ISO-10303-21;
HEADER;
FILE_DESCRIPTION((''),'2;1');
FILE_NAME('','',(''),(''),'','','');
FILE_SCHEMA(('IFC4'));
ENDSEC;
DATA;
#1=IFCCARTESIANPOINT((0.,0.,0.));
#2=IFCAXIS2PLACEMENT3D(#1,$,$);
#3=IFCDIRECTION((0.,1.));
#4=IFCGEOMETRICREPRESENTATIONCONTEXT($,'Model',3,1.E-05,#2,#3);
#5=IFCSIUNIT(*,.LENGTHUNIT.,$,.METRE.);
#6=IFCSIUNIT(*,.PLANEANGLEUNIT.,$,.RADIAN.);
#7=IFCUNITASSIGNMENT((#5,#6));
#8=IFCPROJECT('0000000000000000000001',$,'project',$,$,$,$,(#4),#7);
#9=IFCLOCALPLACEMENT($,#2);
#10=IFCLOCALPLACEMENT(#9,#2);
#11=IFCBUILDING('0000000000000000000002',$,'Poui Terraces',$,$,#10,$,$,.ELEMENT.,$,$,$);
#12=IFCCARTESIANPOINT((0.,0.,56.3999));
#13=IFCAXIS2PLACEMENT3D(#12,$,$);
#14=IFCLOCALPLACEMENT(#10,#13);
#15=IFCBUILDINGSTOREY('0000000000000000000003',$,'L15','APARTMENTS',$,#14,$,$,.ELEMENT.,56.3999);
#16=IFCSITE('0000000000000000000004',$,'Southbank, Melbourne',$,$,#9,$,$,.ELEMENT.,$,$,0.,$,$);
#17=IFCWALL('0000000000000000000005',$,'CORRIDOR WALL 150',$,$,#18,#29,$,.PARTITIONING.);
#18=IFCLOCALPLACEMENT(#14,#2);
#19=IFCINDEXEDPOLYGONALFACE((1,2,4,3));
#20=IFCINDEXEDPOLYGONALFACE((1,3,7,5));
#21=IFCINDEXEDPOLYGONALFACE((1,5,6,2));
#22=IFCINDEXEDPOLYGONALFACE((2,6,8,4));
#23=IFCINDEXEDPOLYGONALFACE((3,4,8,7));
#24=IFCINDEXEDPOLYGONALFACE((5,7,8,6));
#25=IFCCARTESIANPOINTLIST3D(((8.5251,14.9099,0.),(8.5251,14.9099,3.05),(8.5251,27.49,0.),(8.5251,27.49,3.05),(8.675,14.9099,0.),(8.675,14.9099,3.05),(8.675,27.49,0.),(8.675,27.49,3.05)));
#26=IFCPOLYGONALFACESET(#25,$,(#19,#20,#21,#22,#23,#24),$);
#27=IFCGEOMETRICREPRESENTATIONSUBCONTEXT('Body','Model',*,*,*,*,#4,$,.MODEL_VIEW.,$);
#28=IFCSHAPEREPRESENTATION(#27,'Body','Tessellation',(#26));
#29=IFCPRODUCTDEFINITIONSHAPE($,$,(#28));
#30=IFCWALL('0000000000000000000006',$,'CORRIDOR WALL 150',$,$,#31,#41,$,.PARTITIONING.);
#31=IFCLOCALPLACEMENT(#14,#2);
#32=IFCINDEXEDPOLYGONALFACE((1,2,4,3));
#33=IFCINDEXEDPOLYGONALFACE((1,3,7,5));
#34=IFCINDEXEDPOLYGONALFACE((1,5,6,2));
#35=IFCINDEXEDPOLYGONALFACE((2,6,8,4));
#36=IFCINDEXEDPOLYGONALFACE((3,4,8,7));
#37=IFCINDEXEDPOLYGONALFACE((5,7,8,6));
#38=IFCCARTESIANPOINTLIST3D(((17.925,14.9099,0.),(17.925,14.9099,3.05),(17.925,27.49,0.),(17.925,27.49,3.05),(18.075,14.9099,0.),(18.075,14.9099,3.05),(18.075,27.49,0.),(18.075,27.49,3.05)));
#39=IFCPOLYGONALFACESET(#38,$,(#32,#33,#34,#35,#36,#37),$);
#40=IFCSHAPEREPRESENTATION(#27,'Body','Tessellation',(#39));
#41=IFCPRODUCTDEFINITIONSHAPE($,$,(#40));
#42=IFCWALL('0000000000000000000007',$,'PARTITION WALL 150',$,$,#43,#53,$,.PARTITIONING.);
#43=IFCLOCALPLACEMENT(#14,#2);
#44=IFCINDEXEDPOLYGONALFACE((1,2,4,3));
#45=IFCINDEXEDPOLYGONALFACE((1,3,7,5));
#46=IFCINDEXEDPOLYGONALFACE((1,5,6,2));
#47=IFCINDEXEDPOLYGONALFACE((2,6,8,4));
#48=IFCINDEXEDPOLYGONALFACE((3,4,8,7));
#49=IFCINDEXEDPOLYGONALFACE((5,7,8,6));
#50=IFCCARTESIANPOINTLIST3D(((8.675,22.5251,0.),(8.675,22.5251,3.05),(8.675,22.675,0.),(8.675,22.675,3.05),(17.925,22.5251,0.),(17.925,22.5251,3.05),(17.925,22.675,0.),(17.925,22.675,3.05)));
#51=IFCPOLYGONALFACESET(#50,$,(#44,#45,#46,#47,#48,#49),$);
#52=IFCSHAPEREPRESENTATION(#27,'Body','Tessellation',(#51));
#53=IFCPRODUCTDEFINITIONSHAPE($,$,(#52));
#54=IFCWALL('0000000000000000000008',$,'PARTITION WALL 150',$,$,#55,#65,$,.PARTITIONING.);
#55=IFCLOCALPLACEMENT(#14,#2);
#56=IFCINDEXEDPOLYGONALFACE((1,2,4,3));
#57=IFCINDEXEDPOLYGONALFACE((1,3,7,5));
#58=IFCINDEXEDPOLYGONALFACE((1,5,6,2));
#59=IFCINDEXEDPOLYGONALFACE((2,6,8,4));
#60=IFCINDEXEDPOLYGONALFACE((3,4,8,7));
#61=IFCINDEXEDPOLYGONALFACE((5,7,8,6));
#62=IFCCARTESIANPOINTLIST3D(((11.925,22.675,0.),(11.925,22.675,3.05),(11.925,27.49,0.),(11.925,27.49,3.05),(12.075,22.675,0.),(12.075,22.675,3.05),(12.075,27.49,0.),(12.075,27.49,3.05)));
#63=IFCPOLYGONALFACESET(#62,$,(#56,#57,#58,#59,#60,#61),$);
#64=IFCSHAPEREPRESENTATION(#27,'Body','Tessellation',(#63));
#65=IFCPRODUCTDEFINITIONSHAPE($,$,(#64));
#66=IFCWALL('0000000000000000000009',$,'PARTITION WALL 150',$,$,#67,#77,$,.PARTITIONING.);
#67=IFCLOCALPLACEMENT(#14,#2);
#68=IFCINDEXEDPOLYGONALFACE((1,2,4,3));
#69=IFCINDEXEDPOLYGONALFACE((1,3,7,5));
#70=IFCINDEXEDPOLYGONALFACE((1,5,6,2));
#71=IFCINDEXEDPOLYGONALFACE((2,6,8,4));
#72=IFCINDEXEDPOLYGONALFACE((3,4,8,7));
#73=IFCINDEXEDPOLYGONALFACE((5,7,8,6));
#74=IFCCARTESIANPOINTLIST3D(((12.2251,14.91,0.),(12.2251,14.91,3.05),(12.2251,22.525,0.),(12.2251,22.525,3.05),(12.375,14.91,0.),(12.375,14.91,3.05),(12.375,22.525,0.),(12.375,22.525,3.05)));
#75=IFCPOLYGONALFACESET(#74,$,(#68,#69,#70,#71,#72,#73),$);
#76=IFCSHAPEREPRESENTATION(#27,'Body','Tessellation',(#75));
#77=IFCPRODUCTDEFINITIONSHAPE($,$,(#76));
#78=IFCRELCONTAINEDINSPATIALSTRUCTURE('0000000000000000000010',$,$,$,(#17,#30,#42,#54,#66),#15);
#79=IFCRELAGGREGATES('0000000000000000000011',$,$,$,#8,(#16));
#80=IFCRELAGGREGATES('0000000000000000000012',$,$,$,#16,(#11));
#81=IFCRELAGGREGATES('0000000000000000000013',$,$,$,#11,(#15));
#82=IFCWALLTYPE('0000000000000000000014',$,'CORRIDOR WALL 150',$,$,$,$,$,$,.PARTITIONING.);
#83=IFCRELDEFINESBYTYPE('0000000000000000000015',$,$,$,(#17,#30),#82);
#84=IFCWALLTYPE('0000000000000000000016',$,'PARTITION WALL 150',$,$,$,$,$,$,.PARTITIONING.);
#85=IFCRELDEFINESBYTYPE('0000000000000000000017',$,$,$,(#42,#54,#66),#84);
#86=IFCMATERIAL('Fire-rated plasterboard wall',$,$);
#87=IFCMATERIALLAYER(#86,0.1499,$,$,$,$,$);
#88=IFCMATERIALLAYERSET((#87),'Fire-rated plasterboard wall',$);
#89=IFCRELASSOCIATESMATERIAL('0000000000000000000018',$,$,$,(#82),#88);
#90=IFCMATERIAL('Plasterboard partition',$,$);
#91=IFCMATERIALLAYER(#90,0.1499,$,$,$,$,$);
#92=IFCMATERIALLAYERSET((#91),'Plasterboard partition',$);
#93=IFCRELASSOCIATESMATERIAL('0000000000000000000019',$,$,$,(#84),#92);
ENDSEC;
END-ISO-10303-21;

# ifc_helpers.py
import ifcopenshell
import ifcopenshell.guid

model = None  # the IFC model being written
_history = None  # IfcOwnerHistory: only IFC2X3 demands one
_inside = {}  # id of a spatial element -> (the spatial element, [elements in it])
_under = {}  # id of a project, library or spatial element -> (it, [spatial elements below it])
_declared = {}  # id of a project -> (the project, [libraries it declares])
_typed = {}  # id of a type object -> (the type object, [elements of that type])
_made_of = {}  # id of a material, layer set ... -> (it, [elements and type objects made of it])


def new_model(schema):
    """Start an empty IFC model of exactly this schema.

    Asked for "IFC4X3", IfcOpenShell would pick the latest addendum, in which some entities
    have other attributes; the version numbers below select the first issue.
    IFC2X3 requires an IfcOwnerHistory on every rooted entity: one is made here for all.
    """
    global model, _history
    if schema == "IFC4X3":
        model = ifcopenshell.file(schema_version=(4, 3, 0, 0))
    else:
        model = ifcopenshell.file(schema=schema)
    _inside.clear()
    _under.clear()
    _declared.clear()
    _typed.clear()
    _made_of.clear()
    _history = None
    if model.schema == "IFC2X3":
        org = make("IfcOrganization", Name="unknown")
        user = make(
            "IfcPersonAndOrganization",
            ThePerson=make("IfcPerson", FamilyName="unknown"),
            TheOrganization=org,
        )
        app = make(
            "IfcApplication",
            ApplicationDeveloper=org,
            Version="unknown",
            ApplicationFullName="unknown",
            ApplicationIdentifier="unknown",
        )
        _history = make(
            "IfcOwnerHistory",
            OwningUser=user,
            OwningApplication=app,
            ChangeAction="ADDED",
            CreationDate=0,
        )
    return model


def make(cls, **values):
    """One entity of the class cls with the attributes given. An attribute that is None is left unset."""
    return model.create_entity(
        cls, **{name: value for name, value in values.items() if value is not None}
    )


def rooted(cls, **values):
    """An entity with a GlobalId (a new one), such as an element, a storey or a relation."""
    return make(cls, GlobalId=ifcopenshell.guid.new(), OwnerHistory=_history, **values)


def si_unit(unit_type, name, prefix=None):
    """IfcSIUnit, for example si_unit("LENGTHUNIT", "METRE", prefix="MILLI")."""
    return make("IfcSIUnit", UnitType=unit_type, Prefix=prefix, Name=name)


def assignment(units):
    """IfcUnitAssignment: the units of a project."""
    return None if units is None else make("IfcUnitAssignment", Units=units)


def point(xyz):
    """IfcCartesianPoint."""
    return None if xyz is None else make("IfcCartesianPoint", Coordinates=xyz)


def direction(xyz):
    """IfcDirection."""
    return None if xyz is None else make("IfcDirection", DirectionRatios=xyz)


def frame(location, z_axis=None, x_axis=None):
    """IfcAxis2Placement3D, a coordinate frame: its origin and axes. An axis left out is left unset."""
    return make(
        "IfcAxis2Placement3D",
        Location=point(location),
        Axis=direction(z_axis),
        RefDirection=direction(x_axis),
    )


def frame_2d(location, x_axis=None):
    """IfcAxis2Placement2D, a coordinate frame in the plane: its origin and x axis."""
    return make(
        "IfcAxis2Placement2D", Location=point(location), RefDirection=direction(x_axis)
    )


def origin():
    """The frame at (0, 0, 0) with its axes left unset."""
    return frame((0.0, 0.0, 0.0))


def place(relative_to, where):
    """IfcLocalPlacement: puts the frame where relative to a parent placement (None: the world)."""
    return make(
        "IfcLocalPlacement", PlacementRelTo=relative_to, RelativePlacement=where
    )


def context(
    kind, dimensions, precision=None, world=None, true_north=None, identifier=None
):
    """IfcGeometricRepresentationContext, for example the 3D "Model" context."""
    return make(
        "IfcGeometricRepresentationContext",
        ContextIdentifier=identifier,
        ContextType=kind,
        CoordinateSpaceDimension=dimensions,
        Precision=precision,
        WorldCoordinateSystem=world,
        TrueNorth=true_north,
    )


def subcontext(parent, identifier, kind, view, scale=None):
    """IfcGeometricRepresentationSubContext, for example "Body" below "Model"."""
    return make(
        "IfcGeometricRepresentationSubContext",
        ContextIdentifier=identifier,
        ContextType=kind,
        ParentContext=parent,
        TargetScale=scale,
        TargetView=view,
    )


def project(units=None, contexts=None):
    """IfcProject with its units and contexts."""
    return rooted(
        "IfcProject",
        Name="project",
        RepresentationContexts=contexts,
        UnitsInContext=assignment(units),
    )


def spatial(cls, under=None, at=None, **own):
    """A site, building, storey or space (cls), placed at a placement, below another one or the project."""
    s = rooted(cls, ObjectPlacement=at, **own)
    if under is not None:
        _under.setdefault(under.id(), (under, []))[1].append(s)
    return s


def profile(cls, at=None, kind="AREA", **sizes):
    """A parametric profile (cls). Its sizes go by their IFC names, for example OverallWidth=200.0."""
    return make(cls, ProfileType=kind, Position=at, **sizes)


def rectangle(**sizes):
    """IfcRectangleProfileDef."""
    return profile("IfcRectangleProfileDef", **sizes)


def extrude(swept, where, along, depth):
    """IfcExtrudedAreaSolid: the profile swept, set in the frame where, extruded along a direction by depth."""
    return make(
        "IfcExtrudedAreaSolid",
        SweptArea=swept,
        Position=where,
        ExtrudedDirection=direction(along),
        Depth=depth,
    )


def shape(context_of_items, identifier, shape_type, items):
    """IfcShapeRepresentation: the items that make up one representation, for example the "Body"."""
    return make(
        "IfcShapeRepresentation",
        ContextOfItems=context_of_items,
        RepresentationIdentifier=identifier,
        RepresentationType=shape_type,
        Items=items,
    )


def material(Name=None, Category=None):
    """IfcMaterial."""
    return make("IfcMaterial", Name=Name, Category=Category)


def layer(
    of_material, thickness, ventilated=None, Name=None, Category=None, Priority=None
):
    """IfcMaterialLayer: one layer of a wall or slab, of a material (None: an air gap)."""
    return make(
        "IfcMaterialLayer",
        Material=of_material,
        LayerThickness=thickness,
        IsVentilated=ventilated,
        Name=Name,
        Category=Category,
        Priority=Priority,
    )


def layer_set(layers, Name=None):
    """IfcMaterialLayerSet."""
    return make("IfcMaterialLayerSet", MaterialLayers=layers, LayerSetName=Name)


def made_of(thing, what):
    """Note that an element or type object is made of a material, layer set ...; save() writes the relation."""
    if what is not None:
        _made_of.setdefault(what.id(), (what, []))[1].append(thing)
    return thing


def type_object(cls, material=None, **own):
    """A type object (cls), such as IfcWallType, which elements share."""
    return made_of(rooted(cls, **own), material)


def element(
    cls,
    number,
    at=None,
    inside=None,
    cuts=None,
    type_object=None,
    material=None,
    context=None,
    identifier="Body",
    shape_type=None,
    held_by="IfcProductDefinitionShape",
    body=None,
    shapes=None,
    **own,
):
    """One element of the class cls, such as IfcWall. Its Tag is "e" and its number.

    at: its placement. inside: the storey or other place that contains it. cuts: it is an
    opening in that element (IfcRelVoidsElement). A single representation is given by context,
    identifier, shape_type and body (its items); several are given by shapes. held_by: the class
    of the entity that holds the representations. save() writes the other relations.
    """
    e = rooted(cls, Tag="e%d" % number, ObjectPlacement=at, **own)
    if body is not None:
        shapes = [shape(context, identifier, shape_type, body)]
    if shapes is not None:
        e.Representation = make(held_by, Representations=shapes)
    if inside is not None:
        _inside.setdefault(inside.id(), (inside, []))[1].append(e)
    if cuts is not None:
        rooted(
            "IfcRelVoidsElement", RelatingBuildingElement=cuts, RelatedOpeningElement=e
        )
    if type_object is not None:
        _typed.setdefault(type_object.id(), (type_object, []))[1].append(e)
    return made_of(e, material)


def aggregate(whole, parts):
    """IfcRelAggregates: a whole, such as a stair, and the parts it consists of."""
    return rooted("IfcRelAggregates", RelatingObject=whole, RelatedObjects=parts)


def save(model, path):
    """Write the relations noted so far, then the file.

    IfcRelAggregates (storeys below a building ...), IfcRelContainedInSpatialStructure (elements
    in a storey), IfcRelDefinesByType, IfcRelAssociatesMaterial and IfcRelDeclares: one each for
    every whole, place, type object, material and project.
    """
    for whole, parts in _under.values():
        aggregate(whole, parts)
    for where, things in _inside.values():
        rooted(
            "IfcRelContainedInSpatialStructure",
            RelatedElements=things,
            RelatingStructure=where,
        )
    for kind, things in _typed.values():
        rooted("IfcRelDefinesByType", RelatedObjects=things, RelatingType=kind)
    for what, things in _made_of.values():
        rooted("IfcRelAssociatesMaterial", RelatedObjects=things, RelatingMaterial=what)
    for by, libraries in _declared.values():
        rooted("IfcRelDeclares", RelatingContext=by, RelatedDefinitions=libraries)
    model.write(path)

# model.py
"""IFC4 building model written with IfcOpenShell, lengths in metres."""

from ifc_helpers import new_model, si_unit, direction, frame, frame_2d, origin, place, context, subcontext, project, spatial, rectangle, extrude, material, layer, layer_set, type_object, element, save


model = new_model("IFC4")

# Units and contexts
model_context = context("Model", 3, precision=1e-05, world=origin(), true_north=direction((0.0, 1.0)))
body_context = subcontext(model_context, "Body", "Model", "MODEL_VIEW")
ifc_project = project(units=[si_unit("LENGTHUNIT", "METRE"), si_unit("PLANEANGLEUNIT", "RADIAN")], contexts=[model_context])

# Site, building, storey
site_placement = place(None, origin())
site = spatial("IfcSite", under=ifc_project, at=site_placement, Name="Southbank, Melbourne", CompositionType="ELEMENT", RefElevation=0.0)
building_placement = place(site_placement, origin())
building = spatial("IfcBuilding", under=site, at=building_placement, Name="Poui Terraces", CompositionType="ELEMENT")
storey_placement = place(building_placement, frame((0.0, 0.0, 56.3999)))
storey = spatial("IfcBuildingStorey", under=building, at=storey_placement, Name="L15", Description="APARTMENTS", CompositionType="ELEMENT", Elevation=56.3999)

# Walls
ifc_material_1 = material(Name="Fire-rated plasterboard wall")
ifc_layer_1 = layer(ifc_material_1, 0.1499)
ifc_layer_set_1 = layer_set([ifc_layer_1], Name="Fire-rated plasterboard wall")
wall_type_1 = type_object("IfcWallType", Name="CORRIDOR WALL 150", PredefinedType="PARTITIONING", material=ifc_layer_set_1)
for number, where, z_axis, x_axis, name in (
    (1, (8.6001, 14.9099, 0.0), (0.0, 0.0, 1.0), (0.0, 1.0, 0.0), "CORRIDOR WALL 150"),
    (2, (18.0, 14.9099, 0.0), (0.0, 0.0, 1.0), (0.0, 1.0, 0.0), "CORRIDOR WALL 150"),
):
    element("IfcWall", number, at=place(storey_placement, frame(where, z_axis=z_axis, x_axis=x_axis)), inside=storey, type_object=wall_type_1, Name=name, PredefinedType="PARTITIONING", context=body_context, shape_type="SweptSolid", body=[
        extrude(rectangle(XDim=12.5801, YDim=0.1499, at=frame_2d((6.29, 0.0))), origin(), (0.0, 0.0, 1.0), 3.05),
    ])
ifc_material_2 = material(Name="Plasterboard partition")
ifc_layer_2 = layer(ifc_material_2, 0.1499)
ifc_layer_set_2 = layer_set([ifc_layer_2], Name="Plasterboard partition")
wall_type_2 = type_object("IfcWallType", Name="PARTITION WALL 150", PredefinedType="PARTITIONING", material=ifc_layer_set_2)
wall_1_placement = place(storey_placement, frame((8.675, 22.6001, 0.0), z_axis=(0.0, 0.0, 1.0), x_axis=(1.0, 0.0, 0.0)))
element("IfcWall", 3, at=wall_1_placement, inside=storey, type_object=wall_type_2, Name="PARTITION WALL 150", PredefinedType="PARTITIONING", context=body_context, shape_type="SweptSolid", body=[
    extrude(rectangle(XDim=9.25, YDim=0.1499, at=frame_2d((4.625, 0.0))), origin(), (0.0, 0.0, 1.0), 3.05),
])
wall_2_placement = place(storey_placement, frame((12.0, 22.675, 0.0), z_axis=(0.0, 0.0, 1.0), x_axis=(0.0, 1.0, 0.0)))
element("IfcWall", 4, at=wall_2_placement, inside=storey, type_object=wall_type_2, Name="PARTITION WALL 150", PredefinedType="PARTITIONING", context=body_context, shape_type="SweptSolid", body=[
    extrude(rectangle(XDim=4.8149, YDim=0.1499, at=frame_2d((2.4075, 0.0))), origin(), (0.0, 0.0, 1.0), 3.05),
])
wall_3_placement = place(storey_placement, frame((12.3, 14.9099, 0.0), z_axis=(0.0, 0.0, 1.0), x_axis=(0.0, 1.0, 0.0)))
element("IfcWall", 5, at=wall_3_placement, inside=storey, type_object=wall_type_2, Name="PARTITION WALL 150", PredefinedType="PARTITIONING", context=body_context, shape_type="SweptSolid", body=[
    extrude(rectangle(XDim=7.615, YDim=0.1499, at=frame_2d((3.8076, 0.0))), origin(), (0.0, 0.0, 1.0), 3.05),
])

save(model, "model.ifc")
